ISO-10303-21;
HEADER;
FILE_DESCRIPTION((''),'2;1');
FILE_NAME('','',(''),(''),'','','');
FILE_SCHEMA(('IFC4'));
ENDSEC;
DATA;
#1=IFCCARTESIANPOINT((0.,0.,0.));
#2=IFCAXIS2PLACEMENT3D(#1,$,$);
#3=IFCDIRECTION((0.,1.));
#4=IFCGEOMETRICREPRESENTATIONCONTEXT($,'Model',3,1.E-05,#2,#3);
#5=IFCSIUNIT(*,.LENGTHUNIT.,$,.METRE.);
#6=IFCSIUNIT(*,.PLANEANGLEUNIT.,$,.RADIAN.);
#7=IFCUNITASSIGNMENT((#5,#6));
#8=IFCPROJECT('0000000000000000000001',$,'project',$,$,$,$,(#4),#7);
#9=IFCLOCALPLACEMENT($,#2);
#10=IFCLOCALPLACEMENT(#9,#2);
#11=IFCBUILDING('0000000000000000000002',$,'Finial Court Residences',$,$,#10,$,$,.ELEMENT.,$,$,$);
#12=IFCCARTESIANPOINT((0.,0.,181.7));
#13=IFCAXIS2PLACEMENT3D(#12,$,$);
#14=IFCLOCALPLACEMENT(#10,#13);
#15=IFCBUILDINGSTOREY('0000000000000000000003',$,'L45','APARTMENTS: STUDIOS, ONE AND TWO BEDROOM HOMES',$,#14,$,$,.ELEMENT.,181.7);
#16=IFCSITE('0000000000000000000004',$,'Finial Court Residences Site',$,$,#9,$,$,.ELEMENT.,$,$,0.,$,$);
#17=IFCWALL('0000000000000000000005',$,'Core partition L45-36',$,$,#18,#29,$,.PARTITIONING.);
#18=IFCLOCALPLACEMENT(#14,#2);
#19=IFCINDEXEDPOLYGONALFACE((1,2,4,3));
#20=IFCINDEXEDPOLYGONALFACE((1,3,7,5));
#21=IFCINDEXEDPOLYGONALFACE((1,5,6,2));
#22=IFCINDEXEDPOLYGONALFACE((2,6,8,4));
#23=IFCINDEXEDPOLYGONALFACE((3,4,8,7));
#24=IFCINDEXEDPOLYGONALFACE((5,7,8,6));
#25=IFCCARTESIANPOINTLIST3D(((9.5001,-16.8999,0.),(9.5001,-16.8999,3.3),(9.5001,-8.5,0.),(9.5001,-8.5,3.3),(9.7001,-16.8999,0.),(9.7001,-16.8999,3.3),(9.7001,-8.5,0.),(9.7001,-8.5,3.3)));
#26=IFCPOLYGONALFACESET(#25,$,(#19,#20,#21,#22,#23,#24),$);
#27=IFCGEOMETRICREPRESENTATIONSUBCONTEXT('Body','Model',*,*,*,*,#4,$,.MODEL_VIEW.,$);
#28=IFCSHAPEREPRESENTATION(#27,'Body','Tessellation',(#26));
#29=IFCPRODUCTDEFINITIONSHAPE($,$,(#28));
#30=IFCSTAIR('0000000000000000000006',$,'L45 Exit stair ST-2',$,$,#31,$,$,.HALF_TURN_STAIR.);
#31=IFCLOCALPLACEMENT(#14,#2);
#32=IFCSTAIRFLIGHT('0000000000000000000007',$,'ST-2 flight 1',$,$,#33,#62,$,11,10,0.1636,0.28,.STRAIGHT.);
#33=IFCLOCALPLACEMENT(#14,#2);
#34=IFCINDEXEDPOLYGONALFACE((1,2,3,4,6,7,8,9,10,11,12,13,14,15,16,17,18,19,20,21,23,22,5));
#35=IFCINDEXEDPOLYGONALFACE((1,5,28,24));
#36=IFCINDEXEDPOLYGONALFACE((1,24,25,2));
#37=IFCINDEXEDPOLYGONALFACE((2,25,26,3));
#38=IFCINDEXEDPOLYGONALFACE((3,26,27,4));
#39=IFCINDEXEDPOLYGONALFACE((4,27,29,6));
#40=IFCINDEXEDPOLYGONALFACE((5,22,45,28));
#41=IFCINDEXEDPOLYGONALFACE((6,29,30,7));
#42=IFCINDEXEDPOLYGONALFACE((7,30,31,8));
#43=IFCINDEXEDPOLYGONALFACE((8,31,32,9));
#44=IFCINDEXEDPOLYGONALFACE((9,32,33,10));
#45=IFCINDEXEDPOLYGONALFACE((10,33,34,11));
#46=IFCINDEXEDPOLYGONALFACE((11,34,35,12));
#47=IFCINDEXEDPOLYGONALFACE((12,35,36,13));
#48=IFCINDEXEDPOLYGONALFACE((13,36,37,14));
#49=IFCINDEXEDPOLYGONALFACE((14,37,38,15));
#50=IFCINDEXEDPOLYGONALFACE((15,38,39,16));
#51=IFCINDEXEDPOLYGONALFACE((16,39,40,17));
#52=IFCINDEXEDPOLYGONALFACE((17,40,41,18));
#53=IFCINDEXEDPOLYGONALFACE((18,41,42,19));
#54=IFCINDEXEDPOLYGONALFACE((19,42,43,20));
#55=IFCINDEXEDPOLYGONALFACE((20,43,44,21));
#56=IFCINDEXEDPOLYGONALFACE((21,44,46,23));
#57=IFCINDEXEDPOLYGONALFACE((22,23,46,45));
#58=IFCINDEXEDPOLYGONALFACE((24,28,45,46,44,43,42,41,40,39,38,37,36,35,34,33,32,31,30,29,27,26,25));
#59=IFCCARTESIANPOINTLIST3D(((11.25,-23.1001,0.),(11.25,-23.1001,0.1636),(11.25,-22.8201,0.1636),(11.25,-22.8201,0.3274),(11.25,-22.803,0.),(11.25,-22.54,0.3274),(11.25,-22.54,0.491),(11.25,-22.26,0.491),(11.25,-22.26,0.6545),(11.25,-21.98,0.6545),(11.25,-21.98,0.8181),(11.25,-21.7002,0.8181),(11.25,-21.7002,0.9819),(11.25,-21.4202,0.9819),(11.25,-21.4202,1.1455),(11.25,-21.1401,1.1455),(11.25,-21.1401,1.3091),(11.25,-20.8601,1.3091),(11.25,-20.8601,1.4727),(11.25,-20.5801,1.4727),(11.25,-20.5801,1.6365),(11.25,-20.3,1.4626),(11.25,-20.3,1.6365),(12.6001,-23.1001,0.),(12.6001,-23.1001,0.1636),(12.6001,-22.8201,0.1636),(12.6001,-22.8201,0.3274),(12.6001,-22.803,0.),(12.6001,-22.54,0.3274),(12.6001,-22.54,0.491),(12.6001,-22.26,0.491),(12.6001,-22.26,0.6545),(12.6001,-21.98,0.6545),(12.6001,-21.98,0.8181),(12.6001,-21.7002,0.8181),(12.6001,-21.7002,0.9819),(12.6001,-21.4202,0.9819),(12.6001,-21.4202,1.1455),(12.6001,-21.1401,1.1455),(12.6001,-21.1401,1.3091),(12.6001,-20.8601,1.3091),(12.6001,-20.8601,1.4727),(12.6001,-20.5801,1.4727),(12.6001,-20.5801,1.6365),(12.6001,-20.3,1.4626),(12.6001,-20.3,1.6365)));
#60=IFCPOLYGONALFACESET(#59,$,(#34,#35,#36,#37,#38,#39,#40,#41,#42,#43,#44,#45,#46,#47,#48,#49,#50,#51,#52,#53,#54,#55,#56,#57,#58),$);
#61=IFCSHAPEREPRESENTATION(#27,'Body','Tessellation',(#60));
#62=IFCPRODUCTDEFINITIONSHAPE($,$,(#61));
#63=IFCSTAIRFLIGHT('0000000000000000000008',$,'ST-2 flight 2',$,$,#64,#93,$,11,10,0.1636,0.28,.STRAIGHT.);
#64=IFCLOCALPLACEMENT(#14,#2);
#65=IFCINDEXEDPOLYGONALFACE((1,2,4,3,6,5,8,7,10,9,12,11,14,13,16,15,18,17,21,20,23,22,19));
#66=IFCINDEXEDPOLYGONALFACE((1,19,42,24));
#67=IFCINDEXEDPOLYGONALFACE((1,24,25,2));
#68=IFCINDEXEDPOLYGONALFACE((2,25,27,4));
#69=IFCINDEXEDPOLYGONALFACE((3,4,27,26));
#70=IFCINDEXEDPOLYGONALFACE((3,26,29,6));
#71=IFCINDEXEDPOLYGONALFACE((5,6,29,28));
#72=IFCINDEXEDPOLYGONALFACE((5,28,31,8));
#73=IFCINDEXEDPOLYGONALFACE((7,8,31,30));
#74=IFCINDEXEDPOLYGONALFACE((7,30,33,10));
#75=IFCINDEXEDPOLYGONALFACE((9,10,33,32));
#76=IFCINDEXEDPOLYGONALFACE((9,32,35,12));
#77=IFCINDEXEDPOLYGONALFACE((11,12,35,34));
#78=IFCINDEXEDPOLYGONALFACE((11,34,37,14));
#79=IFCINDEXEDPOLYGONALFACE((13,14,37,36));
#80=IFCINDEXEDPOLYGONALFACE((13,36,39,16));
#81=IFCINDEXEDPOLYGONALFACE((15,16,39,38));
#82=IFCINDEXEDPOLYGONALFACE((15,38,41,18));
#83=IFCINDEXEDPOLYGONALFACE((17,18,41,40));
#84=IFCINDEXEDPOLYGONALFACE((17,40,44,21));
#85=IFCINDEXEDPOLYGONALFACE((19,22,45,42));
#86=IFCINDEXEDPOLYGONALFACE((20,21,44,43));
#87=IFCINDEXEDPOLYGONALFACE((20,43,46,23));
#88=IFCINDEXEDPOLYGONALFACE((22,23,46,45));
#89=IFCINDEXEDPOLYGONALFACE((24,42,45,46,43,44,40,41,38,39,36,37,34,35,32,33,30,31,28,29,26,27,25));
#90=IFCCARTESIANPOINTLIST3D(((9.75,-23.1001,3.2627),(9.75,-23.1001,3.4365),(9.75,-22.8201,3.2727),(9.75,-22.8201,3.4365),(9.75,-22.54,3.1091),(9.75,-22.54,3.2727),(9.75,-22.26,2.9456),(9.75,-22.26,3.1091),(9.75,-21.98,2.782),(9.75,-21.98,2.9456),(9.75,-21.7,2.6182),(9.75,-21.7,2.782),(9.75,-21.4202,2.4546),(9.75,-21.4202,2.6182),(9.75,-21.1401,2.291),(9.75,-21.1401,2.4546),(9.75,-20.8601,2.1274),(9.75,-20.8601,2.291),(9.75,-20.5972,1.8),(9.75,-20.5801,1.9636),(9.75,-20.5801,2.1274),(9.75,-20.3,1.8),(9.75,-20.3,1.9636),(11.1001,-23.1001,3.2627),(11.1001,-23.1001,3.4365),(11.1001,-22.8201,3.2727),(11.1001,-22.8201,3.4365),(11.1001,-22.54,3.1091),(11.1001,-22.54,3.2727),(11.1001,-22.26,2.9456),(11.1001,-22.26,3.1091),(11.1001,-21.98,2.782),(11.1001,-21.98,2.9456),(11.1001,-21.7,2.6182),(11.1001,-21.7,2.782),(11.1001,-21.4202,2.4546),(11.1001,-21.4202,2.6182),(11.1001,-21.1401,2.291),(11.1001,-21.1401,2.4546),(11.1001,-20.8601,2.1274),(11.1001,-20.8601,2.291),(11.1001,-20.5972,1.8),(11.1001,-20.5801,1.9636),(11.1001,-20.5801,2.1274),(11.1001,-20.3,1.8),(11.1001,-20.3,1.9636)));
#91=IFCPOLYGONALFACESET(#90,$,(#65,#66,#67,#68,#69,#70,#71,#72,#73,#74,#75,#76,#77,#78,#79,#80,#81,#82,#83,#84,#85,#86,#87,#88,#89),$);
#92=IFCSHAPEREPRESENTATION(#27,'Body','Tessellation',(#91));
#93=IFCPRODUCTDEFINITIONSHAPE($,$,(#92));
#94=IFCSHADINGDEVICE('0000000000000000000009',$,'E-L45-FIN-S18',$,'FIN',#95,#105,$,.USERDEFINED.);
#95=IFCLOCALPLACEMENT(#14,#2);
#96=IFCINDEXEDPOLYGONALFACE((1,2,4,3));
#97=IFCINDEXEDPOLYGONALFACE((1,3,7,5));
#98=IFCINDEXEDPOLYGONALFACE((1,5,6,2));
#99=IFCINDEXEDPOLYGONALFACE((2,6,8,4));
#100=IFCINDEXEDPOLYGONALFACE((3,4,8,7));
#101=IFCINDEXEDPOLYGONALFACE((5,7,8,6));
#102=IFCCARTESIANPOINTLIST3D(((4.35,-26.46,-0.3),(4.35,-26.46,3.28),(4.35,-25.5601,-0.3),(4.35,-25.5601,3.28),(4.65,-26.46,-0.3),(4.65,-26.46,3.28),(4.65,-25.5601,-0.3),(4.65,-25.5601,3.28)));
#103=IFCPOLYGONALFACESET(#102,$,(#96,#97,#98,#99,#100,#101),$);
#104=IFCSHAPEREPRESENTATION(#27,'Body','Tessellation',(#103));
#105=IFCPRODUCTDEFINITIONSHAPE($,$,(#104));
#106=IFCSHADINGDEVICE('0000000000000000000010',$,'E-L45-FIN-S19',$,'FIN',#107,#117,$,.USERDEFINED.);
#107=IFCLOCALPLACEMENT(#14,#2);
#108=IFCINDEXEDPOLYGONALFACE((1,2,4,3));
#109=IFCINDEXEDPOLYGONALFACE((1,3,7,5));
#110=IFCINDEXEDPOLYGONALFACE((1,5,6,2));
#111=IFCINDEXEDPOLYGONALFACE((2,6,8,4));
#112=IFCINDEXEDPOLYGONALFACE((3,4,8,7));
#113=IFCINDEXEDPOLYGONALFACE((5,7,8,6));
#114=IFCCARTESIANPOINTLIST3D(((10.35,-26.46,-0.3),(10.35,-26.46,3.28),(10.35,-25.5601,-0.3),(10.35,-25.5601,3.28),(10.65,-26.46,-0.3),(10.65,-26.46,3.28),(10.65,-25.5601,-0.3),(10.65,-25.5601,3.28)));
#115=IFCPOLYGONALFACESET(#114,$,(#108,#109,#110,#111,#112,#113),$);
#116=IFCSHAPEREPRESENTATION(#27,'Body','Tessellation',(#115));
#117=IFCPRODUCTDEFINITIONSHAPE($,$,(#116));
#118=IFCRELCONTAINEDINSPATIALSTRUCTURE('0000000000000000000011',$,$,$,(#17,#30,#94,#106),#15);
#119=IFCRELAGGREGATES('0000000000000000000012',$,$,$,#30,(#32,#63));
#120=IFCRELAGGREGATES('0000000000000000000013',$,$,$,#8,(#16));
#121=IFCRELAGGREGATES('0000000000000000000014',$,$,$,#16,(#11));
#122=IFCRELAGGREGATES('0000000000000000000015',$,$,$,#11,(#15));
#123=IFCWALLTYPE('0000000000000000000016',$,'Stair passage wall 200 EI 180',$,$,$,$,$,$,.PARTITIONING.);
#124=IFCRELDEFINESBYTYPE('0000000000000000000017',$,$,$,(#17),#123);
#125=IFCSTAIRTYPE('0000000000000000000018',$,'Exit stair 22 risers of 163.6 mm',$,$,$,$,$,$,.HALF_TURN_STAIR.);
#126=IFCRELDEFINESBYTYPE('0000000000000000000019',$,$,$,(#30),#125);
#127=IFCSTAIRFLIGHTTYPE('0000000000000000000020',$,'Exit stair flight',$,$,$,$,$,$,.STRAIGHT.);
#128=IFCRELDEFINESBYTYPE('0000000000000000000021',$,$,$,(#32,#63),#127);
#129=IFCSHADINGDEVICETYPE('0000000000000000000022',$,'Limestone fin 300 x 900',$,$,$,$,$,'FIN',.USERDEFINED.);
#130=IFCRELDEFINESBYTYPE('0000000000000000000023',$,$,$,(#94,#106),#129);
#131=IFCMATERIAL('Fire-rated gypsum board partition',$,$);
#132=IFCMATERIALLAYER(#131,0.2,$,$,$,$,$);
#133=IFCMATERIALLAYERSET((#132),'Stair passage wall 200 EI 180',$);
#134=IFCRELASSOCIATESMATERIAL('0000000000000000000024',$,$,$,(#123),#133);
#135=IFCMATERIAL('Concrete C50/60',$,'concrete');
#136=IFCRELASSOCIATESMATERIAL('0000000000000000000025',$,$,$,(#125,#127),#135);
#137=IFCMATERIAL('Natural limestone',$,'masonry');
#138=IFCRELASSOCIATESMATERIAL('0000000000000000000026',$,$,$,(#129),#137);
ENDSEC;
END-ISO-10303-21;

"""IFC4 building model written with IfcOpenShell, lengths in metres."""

from ifc_helpers import new_model, si_unit, direction, frame, frame_2d, origin, origin_2d, place, context, subcontext, project, spatial, polyline, rectangle, outline, extrude, material, layer, layer_set, type_object, element, aggregate, save


model = new_model("IFC4")

# Units and contexts
model_context = context("Model", 3, precision=1e-05, world=origin(), true_north=direction((0.0, 1.0)))
body_context = subcontext(model_context, "Body", "Model", "MODEL_VIEW")
ifc_project = project(units=[si_unit("LENGTHUNIT", "METRE"), si_unit("PLANEANGLEUNIT", "RADIAN")], contexts=[model_context])

# Site, building, storey
site_placement = place(None, origin())
site = spatial("IfcSite", under=ifc_project, at=site_placement, Name="Finial Court Residences Site", CompositionType="ELEMENT", RefElevation=0.0)
building_placement = place(site_placement, origin())
building = spatial("IfcBuilding", under=site, at=building_placement, Name="Finial Court Residences", CompositionType="ELEMENT")
storey_placement = place(building_placement, frame((0.0, 0.0, 181.7)))
storey = spatial("IfcBuildingStorey", under=building, at=storey_placement, Name="L45", Description="APARTMENTS: STUDIOS, ONE AND TWO BEDROOM HOMES", CompositionType="ELEMENT", Elevation=181.7)

# Shared definitions
ifc_material_1 = material(Name="Fire-rated gypsum board partition")

# Wall
ifc_layer_1 = layer(ifc_material_1, 0.2)
ifc_layer_set_1 = layer_set([ifc_layer_1], Name="Stair passage wall 200 EI 180")
wall_type_1 = type_object("IfcWallType", Name="Stair passage wall 200 EI 180", PredefinedType="PARTITIONING", material=ifc_layer_set_1)
wall_1_placement = place(storey_placement, frame((9.6001, -16.8999, 0.0), z_axis=(0.0, 0.0, 1.0), x_axis=(0.0, 1.0, 0.0)))
element("IfcWall", 1, at=wall_1_placement, inside=storey, type_object=wall_type_1, Name="Core partition L45-36", PredefinedType="PARTITIONING", context=body_context, shape_type="SweptSolid", body=[
    extrude(rectangle(XDim=8.3999, YDim=0.2, at=frame_2d((4.2, 0.0))), origin(), (0.0, 0.0, 1.0), 3.3),
])

# Stair, stair flights
ifc_material_2 = material(Name="Concrete C50/60", Category="concrete")
stair_type = type_object("IfcStairType", Name="Exit stair 22 risers of 163.6 mm", PredefinedType="HALF_TURN_STAIR", material=ifc_material_2)
stair_placement = place(storey_placement, origin())
stair = element("IfcStair", 2, at=stair_placement, inside=storey, type_object=stair_type, Name="L45 Exit stair ST-2", PredefinedType="HALF_TURN_STAIR")
stair_flight_type = type_object("IfcStairFlightType", Name="Exit stair flight", PredefinedType="STRAIGHT", material=ifc_material_2)
stair_flight_1_placement = place(storey_placement, frame((11.925, -23.1001, 0.0), z_axis=(0.0, 0.0, 1.0), x_axis=(0.0, 1.0, 0.0)))
stair_flight_1 = element("IfcStairFlight", 3, at=stair_flight_1_placement, type_object=stair_flight_type, Name="ST-2 flight 1", NumberOfRisers=11, NumberOfTreads=10, PredefinedType="STRAIGHT", RiserHeight=0.1636, TreadLength=0.28, context=body_context, shape_type="SweptSolid", body=[
    extrude(outline(polyline([(0.0, 0.0), (0.0, 0.1636), (0.28, 0.1636), (0.28, 0.3274), (0.5601, 0.3274), (0.5601, 0.491), (0.8401, 0.491), (0.8401, 0.6545), (1.1201, 0.6545), (1.1201, 0.8181), (1.3999, 0.8181), (1.3999, 0.9819), (1.6799, 0.9819), (1.6799, 1.1455), (1.96, 1.1455), (1.96, 1.3091), (2.24, 1.3091), (2.24, 1.4727), (2.52, 1.4727), (2.52, 1.6365), (2.8, 1.6365), (2.8, 1.8), (2.8, 1.4626), (0.2971, 0.0), (0.0, 0.0)])), frame((0.0, 0.675, 0.0), z_axis=(0.0, -1.0, 0.0), x_axis=(1.0, 0.0, 0.0)), (0.0, 0.0, 1.0), 1.3501),
])
stair_flight_2_placement = place(storey_placement, frame((10.425, -20.3, 1.8), z_axis=(0.0, 0.0, 1.0), x_axis=(0.0, -1.0, 0.0)))
stair_flight_2 = element("IfcStairFlight", 4, at=stair_flight_2_placement, type_object=stair_flight_type, Name="ST-2 flight 2", NumberOfRisers=11, NumberOfTreads=10, PredefinedType="STRAIGHT", RiserHeight=0.1636, TreadLength=0.28, context=body_context, shape_type="SweptSolid", body=[
    extrude(outline(polyline([(0.0, 0.0), (0.0, 0.1636), (0.28, 0.1636), (0.28, 0.3274), (0.5601, 0.3274), (0.5601, 0.491), (0.8401, 0.491), (0.8401, 0.6545), (1.1201, 0.6545), (1.1201, 0.8181), (1.3999, 0.8181), (1.3999, 0.9819), (1.6799, 0.9819), (1.6799, 1.1455), (1.96, 1.1455), (1.96, 1.3091), (2.24, 1.3091), (2.24, 1.4727), (2.52, 1.4727), (2.52, 1.6365), (2.8, 1.6365), (2.8, 1.8), (2.8, 1.4626), (0.2971, 0.0), (0.0, 0.0)])), frame((0.0, 0.675, 0.0), z_axis=(0.0, -1.0, 0.0), x_axis=(1.0, 0.0, 0.0)), (0.0, 0.0, 1.0), 1.3501),
])
aggregate(stair, [stair_flight_1, stair_flight_2])

# Shading devices
ifc_material_3 = material(Name="Natural limestone", Category="masonry")
shading_device_type = type_object("IfcShadingDeviceType", Name="Limestone fin 300 x 900", ElementType="FIN", PredefinedType="USERDEFINED", material=ifc_material_3)
for number, where, z_axis, x_axis, name in (
    (5, (4.5, -26.01, -0.3), (0.0, 0.0, 1.0), (1.0, 0.0, 0.0), "E-L45-FIN-S18"),
    (6, (10.5, -26.01, -0.3), (0.0, 0.0, 1.0), (1.0, 0.0, 0.0), "E-L45-FIN-S19"),
):
    element("IfcShadingDevice", number, at=place(storey_placement, frame(where, z_axis=z_axis, x_axis=x_axis)), inside=storey, type_object=shading_device_type, Name=name, ObjectType="FIN", PredefinedType="USERDEFINED", context=body_context, shape_type="SweptSolid", body=[
        extrude(rectangle(XDim=0.3, YDim=0.8999, at=origin_2d()), origin(), (0.0, 0.0, 1.0), 3.5801),
    ])

save(model, "model.ifc")
